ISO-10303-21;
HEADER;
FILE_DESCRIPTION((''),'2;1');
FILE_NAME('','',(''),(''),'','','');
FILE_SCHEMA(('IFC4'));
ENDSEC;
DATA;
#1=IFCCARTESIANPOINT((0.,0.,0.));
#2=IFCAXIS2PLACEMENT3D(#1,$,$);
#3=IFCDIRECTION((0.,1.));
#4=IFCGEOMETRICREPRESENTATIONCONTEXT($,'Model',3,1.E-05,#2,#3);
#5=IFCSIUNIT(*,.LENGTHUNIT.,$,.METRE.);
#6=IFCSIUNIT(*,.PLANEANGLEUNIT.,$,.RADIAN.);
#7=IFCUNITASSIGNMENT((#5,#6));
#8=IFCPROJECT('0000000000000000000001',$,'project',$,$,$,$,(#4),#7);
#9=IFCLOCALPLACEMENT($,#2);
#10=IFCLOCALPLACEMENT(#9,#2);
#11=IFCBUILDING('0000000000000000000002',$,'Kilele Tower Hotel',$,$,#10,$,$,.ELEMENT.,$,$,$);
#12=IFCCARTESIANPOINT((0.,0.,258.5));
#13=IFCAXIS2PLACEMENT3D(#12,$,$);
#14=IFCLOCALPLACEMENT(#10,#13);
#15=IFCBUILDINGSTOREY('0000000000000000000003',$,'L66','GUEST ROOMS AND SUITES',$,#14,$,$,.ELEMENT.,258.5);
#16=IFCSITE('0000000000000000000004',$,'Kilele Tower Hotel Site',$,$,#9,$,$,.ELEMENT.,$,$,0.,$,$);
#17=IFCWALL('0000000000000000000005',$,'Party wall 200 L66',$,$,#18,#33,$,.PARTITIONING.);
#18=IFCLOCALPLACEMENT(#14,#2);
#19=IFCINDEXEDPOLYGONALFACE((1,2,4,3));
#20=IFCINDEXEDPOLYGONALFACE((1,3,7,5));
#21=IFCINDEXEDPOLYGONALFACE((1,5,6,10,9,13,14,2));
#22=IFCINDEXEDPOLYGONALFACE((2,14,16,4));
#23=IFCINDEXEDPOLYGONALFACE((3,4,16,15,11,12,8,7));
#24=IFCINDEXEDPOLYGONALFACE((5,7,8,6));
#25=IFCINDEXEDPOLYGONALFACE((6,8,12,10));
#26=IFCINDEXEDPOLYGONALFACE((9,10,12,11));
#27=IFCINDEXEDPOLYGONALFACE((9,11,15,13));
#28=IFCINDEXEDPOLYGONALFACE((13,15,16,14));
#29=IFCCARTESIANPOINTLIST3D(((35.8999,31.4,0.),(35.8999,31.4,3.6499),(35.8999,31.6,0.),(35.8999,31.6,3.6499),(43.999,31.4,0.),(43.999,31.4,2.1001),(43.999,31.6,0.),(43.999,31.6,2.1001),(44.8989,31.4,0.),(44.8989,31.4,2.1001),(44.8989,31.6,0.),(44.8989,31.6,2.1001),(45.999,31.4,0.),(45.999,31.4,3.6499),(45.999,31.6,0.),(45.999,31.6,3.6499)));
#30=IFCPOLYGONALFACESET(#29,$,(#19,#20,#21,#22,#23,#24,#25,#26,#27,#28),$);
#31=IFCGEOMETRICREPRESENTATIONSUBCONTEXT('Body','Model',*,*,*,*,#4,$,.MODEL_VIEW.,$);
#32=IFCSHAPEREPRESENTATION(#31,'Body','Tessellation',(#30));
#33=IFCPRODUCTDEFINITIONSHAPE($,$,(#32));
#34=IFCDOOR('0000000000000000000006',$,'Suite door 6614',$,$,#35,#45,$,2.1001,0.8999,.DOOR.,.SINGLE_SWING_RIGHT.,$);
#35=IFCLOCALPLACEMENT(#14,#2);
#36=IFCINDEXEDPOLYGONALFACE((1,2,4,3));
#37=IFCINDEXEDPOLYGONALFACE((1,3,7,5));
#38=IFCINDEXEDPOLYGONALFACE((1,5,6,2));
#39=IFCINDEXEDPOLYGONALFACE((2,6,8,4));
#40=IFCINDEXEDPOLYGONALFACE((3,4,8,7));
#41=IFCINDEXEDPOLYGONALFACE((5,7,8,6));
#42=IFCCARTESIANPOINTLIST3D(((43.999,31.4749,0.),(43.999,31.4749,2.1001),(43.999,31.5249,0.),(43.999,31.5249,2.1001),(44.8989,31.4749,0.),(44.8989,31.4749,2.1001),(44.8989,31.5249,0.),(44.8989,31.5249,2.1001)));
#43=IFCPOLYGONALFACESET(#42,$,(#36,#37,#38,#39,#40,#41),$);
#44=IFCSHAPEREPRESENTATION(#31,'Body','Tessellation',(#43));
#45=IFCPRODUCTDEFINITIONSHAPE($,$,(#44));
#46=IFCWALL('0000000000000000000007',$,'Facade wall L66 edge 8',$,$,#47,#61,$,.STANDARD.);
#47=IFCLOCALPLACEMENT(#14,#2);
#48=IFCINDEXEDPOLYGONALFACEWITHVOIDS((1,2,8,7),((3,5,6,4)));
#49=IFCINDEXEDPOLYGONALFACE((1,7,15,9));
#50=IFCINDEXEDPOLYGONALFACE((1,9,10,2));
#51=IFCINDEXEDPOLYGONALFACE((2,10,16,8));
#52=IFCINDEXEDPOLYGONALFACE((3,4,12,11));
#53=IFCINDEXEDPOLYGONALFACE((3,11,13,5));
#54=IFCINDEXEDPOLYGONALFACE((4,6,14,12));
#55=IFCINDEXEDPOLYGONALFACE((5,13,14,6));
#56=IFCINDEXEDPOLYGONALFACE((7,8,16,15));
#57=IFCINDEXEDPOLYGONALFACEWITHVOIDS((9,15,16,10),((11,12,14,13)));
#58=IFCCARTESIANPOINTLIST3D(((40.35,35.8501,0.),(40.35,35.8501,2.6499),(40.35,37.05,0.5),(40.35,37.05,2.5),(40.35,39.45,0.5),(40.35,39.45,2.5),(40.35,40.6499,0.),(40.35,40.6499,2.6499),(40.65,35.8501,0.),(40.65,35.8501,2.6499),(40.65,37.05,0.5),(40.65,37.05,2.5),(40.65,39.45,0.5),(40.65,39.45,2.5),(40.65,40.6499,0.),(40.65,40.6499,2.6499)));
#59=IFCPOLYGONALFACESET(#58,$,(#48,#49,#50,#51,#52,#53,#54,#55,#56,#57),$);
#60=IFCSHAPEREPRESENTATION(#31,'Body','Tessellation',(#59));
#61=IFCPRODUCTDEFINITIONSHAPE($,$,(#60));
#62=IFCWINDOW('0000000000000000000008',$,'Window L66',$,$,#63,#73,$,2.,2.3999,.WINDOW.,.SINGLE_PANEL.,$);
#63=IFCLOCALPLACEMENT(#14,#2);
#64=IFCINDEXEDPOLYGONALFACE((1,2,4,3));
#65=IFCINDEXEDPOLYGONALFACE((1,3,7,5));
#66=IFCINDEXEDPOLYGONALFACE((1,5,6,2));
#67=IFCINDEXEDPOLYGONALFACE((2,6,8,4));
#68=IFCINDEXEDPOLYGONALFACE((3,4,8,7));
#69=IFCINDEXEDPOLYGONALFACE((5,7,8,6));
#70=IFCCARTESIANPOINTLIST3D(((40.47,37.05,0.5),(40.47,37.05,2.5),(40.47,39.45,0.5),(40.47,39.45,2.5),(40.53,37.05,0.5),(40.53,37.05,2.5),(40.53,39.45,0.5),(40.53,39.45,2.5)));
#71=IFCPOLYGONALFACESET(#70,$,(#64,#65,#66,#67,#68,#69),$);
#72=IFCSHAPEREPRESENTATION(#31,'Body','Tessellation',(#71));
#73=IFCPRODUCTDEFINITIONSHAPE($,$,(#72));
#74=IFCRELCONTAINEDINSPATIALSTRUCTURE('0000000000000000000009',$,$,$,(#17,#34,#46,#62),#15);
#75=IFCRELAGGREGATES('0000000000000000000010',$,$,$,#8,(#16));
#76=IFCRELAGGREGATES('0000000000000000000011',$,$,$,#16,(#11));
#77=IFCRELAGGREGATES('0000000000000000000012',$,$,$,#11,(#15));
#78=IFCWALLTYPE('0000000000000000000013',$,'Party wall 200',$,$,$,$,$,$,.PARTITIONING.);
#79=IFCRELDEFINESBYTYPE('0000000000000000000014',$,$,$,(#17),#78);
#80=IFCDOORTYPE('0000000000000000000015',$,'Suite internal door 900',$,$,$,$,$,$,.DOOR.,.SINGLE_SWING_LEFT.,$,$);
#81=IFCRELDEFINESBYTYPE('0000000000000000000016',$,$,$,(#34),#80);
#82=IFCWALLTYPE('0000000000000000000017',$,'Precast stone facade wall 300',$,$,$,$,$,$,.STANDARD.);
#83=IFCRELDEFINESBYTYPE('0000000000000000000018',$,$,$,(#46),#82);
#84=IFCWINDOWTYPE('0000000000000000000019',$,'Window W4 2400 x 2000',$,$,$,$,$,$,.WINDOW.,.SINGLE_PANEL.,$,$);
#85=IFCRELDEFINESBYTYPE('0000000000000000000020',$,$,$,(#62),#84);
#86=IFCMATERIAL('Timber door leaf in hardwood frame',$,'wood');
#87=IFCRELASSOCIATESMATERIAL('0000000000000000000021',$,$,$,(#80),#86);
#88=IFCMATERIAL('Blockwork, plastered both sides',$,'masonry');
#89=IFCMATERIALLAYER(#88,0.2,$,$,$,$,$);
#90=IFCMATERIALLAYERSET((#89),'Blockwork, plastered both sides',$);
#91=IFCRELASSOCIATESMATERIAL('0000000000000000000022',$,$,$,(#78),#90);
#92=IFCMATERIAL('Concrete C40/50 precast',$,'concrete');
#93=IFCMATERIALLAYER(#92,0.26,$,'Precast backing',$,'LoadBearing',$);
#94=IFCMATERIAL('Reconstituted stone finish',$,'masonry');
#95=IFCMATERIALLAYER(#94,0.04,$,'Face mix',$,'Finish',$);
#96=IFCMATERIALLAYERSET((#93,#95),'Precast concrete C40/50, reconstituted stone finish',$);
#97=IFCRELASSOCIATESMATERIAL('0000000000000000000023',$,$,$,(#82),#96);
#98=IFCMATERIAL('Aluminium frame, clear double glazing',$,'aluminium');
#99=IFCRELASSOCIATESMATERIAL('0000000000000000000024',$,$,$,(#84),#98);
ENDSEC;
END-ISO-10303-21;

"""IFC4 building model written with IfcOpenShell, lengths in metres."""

from ifc_helpers import new_model, si_unit, direction, frame, frame_2d, origin, place, context, subcontext, project, spatial, rectangle, extrude, material, layer, layer_set, type_object, element, fill, save


model = new_model("IFC4")

# Units and contexts
model_context = context("Model", 3, precision=1e-05, world=origin(), true_north=direction((0.0, 1.0)))
body_context = subcontext(model_context, "Body", "Model", "MODEL_VIEW")
ifc_project = project(units=[si_unit("LENGTHUNIT", "METRE"), si_unit("PLANEANGLEUNIT", "RADIAN")], contexts=[model_context])

# Site, building, storey
site_placement = place(None, origin())
site = spatial("IfcSite", under=ifc_project, at=site_placement, Name="Kilele Tower Hotel Site", CompositionType="ELEMENT", RefElevation=0.0)
building_placement = place(site_placement, origin())
building = spatial("IfcBuilding", under=site, at=building_placement, Name="Kilele Tower Hotel", CompositionType="ELEMENT")
storey_placement = place(building_placement, frame((0.0, 0.0, 258.5)))
storey = spatial("IfcBuildingStorey", under=building, at=storey_placement, Name="L66", Description="GUEST ROOMS AND SUITES", CompositionType="ELEMENT", Elevation=258.5)

# Shared definitions
ifc_material_1 = material(Name="Timber door leaf in hardwood frame", Category="wood")
door_type_1 = type_object("IfcDoorType", Name="Suite internal door 900", OperationType="SINGLE_SWING_LEFT", PredefinedType="DOOR", material=ifc_material_1)

# Shared definitions
ifc_material_2 = material(Name="Blockwork, plastered both sides", Category="masonry")
ifc_layer_1 = layer(ifc_material_2, 0.2)
ifc_layer_set_1 = layer_set([ifc_layer_1], Name="Blockwork, plastered both sides")
wall_type_1 = type_object("IfcWallType", Name="Party wall 200", PredefinedType="PARTITIONING", material=ifc_layer_set_1)

# Wall, opening, door
wall_1_placement = place(storey_placement, frame((35.8999, 31.5, 0.0), z_axis=(0.0, 0.0, 1.0), x_axis=(1.0, 0.0, 0.0)))
wall_1 = element("IfcWall", 1, at=wall_1_placement, inside=storey, type_object=wall_type_1, Name="Party wall 200 L66", PredefinedType="PARTITIONING", context=body_context, shape_type="SweptSolid", body=[
    extrude(rectangle(XDim=10.0991, YDim=0.2, at=frame_2d((5.0496, 0.0))), origin(), (0.0, 0.0, 1.0), 3.6499),
])
opening_1_placement = place(wall_1_placement, frame((8.0991, 0.0, 0.0)))
opening_1 = element("IfcOpeningElement", 2, at=opening_1_placement, cuts=wall_1, PredefinedType="OPENING", context=body_context, shape_type="SweptSolid", body=[
    extrude(rectangle(XDim=0.8999, YDim=2.1001, at=frame_2d((0.45, 1.05))), frame((0.0, 0.1099, 0.0), z_axis=(0.0, -1.0, 0.0), x_axis=(1.0, 0.0, 0.0)), (0.0, 0.0, 1.0), 0.22),
])
door_1_placement = place(opening_1_placement, origin())
door_1 = element("IfcDoor", 3, at=door_1_placement, inside=storey, type_object=door_type_1, Name="Suite door 6614", OperationType="SINGLE_SWING_RIGHT", OverallHeight=2.1001, OverallWidth=0.8999, PredefinedType="DOOR", context=body_context, shape_type="SweptSolid", body=[
    extrude(rectangle(XDim=0.8999, YDim=2.1001, at=frame_2d((0.45, 1.05))), frame((0.0, 0.0249, 0.0), z_axis=(0.0, -1.0, 0.0), x_axis=(1.0, 0.0, 0.0)), (0.0, 0.0, 1.0), 0.05),
])
fill(opening_1, door_1)

# Wall, opening, window
ifc_material_3 = material(Name="Concrete C40/50 precast", Category="concrete")
ifc_layer_2 = layer(ifc_material_3, 0.26, Name="Precast backing", Category="LoadBearing")
ifc_material_4 = material(Name="Reconstituted stone finish", Category="masonry")
ifc_layer_3 = layer(ifc_material_4, 0.04, Name="Face mix", Category="Finish")
ifc_layer_set_2 = layer_set([ifc_layer_2, ifc_layer_3], Name="Precast concrete C40/50, reconstituted stone finish")
wall_type_2 = type_object("IfcWallType", Name="Precast stone facade wall 300", PredefinedType="STANDARD", material=ifc_layer_set_2)
wall_2_placement = place(storey_placement, frame((40.5, 35.8501, 0.0), z_axis=(0.0, 0.0, 1.0), x_axis=(0.0, 1.0, 0.0)))
wall_2 = element("IfcWall", 4, at=wall_2_placement, inside=storey, type_object=wall_type_2, Name="Facade wall L66 edge 8", PredefinedType="STANDARD", context=body_context, shape_type="SweptSolid", body=[
    extrude(rectangle(XDim=4.7998, YDim=0.3, at=frame_2d((2.3999, 0.0))), origin(), (0.0, 0.0, 1.0), 2.6499),
])
opening_2_placement = place(wall_2_placement, frame((1.2, 0.0, 0.5)))
opening_2 = element("IfcOpeningElement", 5, at=opening_2_placement, cuts=wall_2, PredefinedType="OPENING", context=body_context, shape_type="SweptSolid", body=[
    extrude(rectangle(XDim=2.3999, YDim=2.0, at=frame_2d((1.2, 1.0))), frame((0.0, 0.1599, 0.0), z_axis=(0.0, -1.0, 0.0), x_axis=(1.0, 0.0, 0.0)), (0.0, 0.0, 1.0), 0.3201),
])
ifc_material_5 = material(Name="Aluminium frame, clear double glazing", Category="aluminium")
window_type = type_object("IfcWindowType", Name="Window W4 2400 x 2000", PartitioningType="SINGLE_PANEL", PredefinedType="WINDOW", material=ifc_material_5)
window_placement = place(opening_2_placement, origin())
window = element("IfcWindow", 6, at=window_placement, inside=storey, type_object=window_type, Name="Window L66", OverallHeight=2.0, OverallWidth=2.3999, PartitioningType="SINGLE_PANEL", PredefinedType="WINDOW", context=body_context, shape_type="SweptSolid", body=[
    extrude(rectangle(XDim=2.3999, YDim=2.0, at=frame_2d((1.2, 1.0))), frame((0.0, 0.03, 0.0), z_axis=(0.0, -1.0, 0.0), x_axis=(1.0, 0.0, 0.0)), (0.0, 0.0, 1.0), 0.0601),
])
fill(opening_2, window)

save(model, "model.ifc")
